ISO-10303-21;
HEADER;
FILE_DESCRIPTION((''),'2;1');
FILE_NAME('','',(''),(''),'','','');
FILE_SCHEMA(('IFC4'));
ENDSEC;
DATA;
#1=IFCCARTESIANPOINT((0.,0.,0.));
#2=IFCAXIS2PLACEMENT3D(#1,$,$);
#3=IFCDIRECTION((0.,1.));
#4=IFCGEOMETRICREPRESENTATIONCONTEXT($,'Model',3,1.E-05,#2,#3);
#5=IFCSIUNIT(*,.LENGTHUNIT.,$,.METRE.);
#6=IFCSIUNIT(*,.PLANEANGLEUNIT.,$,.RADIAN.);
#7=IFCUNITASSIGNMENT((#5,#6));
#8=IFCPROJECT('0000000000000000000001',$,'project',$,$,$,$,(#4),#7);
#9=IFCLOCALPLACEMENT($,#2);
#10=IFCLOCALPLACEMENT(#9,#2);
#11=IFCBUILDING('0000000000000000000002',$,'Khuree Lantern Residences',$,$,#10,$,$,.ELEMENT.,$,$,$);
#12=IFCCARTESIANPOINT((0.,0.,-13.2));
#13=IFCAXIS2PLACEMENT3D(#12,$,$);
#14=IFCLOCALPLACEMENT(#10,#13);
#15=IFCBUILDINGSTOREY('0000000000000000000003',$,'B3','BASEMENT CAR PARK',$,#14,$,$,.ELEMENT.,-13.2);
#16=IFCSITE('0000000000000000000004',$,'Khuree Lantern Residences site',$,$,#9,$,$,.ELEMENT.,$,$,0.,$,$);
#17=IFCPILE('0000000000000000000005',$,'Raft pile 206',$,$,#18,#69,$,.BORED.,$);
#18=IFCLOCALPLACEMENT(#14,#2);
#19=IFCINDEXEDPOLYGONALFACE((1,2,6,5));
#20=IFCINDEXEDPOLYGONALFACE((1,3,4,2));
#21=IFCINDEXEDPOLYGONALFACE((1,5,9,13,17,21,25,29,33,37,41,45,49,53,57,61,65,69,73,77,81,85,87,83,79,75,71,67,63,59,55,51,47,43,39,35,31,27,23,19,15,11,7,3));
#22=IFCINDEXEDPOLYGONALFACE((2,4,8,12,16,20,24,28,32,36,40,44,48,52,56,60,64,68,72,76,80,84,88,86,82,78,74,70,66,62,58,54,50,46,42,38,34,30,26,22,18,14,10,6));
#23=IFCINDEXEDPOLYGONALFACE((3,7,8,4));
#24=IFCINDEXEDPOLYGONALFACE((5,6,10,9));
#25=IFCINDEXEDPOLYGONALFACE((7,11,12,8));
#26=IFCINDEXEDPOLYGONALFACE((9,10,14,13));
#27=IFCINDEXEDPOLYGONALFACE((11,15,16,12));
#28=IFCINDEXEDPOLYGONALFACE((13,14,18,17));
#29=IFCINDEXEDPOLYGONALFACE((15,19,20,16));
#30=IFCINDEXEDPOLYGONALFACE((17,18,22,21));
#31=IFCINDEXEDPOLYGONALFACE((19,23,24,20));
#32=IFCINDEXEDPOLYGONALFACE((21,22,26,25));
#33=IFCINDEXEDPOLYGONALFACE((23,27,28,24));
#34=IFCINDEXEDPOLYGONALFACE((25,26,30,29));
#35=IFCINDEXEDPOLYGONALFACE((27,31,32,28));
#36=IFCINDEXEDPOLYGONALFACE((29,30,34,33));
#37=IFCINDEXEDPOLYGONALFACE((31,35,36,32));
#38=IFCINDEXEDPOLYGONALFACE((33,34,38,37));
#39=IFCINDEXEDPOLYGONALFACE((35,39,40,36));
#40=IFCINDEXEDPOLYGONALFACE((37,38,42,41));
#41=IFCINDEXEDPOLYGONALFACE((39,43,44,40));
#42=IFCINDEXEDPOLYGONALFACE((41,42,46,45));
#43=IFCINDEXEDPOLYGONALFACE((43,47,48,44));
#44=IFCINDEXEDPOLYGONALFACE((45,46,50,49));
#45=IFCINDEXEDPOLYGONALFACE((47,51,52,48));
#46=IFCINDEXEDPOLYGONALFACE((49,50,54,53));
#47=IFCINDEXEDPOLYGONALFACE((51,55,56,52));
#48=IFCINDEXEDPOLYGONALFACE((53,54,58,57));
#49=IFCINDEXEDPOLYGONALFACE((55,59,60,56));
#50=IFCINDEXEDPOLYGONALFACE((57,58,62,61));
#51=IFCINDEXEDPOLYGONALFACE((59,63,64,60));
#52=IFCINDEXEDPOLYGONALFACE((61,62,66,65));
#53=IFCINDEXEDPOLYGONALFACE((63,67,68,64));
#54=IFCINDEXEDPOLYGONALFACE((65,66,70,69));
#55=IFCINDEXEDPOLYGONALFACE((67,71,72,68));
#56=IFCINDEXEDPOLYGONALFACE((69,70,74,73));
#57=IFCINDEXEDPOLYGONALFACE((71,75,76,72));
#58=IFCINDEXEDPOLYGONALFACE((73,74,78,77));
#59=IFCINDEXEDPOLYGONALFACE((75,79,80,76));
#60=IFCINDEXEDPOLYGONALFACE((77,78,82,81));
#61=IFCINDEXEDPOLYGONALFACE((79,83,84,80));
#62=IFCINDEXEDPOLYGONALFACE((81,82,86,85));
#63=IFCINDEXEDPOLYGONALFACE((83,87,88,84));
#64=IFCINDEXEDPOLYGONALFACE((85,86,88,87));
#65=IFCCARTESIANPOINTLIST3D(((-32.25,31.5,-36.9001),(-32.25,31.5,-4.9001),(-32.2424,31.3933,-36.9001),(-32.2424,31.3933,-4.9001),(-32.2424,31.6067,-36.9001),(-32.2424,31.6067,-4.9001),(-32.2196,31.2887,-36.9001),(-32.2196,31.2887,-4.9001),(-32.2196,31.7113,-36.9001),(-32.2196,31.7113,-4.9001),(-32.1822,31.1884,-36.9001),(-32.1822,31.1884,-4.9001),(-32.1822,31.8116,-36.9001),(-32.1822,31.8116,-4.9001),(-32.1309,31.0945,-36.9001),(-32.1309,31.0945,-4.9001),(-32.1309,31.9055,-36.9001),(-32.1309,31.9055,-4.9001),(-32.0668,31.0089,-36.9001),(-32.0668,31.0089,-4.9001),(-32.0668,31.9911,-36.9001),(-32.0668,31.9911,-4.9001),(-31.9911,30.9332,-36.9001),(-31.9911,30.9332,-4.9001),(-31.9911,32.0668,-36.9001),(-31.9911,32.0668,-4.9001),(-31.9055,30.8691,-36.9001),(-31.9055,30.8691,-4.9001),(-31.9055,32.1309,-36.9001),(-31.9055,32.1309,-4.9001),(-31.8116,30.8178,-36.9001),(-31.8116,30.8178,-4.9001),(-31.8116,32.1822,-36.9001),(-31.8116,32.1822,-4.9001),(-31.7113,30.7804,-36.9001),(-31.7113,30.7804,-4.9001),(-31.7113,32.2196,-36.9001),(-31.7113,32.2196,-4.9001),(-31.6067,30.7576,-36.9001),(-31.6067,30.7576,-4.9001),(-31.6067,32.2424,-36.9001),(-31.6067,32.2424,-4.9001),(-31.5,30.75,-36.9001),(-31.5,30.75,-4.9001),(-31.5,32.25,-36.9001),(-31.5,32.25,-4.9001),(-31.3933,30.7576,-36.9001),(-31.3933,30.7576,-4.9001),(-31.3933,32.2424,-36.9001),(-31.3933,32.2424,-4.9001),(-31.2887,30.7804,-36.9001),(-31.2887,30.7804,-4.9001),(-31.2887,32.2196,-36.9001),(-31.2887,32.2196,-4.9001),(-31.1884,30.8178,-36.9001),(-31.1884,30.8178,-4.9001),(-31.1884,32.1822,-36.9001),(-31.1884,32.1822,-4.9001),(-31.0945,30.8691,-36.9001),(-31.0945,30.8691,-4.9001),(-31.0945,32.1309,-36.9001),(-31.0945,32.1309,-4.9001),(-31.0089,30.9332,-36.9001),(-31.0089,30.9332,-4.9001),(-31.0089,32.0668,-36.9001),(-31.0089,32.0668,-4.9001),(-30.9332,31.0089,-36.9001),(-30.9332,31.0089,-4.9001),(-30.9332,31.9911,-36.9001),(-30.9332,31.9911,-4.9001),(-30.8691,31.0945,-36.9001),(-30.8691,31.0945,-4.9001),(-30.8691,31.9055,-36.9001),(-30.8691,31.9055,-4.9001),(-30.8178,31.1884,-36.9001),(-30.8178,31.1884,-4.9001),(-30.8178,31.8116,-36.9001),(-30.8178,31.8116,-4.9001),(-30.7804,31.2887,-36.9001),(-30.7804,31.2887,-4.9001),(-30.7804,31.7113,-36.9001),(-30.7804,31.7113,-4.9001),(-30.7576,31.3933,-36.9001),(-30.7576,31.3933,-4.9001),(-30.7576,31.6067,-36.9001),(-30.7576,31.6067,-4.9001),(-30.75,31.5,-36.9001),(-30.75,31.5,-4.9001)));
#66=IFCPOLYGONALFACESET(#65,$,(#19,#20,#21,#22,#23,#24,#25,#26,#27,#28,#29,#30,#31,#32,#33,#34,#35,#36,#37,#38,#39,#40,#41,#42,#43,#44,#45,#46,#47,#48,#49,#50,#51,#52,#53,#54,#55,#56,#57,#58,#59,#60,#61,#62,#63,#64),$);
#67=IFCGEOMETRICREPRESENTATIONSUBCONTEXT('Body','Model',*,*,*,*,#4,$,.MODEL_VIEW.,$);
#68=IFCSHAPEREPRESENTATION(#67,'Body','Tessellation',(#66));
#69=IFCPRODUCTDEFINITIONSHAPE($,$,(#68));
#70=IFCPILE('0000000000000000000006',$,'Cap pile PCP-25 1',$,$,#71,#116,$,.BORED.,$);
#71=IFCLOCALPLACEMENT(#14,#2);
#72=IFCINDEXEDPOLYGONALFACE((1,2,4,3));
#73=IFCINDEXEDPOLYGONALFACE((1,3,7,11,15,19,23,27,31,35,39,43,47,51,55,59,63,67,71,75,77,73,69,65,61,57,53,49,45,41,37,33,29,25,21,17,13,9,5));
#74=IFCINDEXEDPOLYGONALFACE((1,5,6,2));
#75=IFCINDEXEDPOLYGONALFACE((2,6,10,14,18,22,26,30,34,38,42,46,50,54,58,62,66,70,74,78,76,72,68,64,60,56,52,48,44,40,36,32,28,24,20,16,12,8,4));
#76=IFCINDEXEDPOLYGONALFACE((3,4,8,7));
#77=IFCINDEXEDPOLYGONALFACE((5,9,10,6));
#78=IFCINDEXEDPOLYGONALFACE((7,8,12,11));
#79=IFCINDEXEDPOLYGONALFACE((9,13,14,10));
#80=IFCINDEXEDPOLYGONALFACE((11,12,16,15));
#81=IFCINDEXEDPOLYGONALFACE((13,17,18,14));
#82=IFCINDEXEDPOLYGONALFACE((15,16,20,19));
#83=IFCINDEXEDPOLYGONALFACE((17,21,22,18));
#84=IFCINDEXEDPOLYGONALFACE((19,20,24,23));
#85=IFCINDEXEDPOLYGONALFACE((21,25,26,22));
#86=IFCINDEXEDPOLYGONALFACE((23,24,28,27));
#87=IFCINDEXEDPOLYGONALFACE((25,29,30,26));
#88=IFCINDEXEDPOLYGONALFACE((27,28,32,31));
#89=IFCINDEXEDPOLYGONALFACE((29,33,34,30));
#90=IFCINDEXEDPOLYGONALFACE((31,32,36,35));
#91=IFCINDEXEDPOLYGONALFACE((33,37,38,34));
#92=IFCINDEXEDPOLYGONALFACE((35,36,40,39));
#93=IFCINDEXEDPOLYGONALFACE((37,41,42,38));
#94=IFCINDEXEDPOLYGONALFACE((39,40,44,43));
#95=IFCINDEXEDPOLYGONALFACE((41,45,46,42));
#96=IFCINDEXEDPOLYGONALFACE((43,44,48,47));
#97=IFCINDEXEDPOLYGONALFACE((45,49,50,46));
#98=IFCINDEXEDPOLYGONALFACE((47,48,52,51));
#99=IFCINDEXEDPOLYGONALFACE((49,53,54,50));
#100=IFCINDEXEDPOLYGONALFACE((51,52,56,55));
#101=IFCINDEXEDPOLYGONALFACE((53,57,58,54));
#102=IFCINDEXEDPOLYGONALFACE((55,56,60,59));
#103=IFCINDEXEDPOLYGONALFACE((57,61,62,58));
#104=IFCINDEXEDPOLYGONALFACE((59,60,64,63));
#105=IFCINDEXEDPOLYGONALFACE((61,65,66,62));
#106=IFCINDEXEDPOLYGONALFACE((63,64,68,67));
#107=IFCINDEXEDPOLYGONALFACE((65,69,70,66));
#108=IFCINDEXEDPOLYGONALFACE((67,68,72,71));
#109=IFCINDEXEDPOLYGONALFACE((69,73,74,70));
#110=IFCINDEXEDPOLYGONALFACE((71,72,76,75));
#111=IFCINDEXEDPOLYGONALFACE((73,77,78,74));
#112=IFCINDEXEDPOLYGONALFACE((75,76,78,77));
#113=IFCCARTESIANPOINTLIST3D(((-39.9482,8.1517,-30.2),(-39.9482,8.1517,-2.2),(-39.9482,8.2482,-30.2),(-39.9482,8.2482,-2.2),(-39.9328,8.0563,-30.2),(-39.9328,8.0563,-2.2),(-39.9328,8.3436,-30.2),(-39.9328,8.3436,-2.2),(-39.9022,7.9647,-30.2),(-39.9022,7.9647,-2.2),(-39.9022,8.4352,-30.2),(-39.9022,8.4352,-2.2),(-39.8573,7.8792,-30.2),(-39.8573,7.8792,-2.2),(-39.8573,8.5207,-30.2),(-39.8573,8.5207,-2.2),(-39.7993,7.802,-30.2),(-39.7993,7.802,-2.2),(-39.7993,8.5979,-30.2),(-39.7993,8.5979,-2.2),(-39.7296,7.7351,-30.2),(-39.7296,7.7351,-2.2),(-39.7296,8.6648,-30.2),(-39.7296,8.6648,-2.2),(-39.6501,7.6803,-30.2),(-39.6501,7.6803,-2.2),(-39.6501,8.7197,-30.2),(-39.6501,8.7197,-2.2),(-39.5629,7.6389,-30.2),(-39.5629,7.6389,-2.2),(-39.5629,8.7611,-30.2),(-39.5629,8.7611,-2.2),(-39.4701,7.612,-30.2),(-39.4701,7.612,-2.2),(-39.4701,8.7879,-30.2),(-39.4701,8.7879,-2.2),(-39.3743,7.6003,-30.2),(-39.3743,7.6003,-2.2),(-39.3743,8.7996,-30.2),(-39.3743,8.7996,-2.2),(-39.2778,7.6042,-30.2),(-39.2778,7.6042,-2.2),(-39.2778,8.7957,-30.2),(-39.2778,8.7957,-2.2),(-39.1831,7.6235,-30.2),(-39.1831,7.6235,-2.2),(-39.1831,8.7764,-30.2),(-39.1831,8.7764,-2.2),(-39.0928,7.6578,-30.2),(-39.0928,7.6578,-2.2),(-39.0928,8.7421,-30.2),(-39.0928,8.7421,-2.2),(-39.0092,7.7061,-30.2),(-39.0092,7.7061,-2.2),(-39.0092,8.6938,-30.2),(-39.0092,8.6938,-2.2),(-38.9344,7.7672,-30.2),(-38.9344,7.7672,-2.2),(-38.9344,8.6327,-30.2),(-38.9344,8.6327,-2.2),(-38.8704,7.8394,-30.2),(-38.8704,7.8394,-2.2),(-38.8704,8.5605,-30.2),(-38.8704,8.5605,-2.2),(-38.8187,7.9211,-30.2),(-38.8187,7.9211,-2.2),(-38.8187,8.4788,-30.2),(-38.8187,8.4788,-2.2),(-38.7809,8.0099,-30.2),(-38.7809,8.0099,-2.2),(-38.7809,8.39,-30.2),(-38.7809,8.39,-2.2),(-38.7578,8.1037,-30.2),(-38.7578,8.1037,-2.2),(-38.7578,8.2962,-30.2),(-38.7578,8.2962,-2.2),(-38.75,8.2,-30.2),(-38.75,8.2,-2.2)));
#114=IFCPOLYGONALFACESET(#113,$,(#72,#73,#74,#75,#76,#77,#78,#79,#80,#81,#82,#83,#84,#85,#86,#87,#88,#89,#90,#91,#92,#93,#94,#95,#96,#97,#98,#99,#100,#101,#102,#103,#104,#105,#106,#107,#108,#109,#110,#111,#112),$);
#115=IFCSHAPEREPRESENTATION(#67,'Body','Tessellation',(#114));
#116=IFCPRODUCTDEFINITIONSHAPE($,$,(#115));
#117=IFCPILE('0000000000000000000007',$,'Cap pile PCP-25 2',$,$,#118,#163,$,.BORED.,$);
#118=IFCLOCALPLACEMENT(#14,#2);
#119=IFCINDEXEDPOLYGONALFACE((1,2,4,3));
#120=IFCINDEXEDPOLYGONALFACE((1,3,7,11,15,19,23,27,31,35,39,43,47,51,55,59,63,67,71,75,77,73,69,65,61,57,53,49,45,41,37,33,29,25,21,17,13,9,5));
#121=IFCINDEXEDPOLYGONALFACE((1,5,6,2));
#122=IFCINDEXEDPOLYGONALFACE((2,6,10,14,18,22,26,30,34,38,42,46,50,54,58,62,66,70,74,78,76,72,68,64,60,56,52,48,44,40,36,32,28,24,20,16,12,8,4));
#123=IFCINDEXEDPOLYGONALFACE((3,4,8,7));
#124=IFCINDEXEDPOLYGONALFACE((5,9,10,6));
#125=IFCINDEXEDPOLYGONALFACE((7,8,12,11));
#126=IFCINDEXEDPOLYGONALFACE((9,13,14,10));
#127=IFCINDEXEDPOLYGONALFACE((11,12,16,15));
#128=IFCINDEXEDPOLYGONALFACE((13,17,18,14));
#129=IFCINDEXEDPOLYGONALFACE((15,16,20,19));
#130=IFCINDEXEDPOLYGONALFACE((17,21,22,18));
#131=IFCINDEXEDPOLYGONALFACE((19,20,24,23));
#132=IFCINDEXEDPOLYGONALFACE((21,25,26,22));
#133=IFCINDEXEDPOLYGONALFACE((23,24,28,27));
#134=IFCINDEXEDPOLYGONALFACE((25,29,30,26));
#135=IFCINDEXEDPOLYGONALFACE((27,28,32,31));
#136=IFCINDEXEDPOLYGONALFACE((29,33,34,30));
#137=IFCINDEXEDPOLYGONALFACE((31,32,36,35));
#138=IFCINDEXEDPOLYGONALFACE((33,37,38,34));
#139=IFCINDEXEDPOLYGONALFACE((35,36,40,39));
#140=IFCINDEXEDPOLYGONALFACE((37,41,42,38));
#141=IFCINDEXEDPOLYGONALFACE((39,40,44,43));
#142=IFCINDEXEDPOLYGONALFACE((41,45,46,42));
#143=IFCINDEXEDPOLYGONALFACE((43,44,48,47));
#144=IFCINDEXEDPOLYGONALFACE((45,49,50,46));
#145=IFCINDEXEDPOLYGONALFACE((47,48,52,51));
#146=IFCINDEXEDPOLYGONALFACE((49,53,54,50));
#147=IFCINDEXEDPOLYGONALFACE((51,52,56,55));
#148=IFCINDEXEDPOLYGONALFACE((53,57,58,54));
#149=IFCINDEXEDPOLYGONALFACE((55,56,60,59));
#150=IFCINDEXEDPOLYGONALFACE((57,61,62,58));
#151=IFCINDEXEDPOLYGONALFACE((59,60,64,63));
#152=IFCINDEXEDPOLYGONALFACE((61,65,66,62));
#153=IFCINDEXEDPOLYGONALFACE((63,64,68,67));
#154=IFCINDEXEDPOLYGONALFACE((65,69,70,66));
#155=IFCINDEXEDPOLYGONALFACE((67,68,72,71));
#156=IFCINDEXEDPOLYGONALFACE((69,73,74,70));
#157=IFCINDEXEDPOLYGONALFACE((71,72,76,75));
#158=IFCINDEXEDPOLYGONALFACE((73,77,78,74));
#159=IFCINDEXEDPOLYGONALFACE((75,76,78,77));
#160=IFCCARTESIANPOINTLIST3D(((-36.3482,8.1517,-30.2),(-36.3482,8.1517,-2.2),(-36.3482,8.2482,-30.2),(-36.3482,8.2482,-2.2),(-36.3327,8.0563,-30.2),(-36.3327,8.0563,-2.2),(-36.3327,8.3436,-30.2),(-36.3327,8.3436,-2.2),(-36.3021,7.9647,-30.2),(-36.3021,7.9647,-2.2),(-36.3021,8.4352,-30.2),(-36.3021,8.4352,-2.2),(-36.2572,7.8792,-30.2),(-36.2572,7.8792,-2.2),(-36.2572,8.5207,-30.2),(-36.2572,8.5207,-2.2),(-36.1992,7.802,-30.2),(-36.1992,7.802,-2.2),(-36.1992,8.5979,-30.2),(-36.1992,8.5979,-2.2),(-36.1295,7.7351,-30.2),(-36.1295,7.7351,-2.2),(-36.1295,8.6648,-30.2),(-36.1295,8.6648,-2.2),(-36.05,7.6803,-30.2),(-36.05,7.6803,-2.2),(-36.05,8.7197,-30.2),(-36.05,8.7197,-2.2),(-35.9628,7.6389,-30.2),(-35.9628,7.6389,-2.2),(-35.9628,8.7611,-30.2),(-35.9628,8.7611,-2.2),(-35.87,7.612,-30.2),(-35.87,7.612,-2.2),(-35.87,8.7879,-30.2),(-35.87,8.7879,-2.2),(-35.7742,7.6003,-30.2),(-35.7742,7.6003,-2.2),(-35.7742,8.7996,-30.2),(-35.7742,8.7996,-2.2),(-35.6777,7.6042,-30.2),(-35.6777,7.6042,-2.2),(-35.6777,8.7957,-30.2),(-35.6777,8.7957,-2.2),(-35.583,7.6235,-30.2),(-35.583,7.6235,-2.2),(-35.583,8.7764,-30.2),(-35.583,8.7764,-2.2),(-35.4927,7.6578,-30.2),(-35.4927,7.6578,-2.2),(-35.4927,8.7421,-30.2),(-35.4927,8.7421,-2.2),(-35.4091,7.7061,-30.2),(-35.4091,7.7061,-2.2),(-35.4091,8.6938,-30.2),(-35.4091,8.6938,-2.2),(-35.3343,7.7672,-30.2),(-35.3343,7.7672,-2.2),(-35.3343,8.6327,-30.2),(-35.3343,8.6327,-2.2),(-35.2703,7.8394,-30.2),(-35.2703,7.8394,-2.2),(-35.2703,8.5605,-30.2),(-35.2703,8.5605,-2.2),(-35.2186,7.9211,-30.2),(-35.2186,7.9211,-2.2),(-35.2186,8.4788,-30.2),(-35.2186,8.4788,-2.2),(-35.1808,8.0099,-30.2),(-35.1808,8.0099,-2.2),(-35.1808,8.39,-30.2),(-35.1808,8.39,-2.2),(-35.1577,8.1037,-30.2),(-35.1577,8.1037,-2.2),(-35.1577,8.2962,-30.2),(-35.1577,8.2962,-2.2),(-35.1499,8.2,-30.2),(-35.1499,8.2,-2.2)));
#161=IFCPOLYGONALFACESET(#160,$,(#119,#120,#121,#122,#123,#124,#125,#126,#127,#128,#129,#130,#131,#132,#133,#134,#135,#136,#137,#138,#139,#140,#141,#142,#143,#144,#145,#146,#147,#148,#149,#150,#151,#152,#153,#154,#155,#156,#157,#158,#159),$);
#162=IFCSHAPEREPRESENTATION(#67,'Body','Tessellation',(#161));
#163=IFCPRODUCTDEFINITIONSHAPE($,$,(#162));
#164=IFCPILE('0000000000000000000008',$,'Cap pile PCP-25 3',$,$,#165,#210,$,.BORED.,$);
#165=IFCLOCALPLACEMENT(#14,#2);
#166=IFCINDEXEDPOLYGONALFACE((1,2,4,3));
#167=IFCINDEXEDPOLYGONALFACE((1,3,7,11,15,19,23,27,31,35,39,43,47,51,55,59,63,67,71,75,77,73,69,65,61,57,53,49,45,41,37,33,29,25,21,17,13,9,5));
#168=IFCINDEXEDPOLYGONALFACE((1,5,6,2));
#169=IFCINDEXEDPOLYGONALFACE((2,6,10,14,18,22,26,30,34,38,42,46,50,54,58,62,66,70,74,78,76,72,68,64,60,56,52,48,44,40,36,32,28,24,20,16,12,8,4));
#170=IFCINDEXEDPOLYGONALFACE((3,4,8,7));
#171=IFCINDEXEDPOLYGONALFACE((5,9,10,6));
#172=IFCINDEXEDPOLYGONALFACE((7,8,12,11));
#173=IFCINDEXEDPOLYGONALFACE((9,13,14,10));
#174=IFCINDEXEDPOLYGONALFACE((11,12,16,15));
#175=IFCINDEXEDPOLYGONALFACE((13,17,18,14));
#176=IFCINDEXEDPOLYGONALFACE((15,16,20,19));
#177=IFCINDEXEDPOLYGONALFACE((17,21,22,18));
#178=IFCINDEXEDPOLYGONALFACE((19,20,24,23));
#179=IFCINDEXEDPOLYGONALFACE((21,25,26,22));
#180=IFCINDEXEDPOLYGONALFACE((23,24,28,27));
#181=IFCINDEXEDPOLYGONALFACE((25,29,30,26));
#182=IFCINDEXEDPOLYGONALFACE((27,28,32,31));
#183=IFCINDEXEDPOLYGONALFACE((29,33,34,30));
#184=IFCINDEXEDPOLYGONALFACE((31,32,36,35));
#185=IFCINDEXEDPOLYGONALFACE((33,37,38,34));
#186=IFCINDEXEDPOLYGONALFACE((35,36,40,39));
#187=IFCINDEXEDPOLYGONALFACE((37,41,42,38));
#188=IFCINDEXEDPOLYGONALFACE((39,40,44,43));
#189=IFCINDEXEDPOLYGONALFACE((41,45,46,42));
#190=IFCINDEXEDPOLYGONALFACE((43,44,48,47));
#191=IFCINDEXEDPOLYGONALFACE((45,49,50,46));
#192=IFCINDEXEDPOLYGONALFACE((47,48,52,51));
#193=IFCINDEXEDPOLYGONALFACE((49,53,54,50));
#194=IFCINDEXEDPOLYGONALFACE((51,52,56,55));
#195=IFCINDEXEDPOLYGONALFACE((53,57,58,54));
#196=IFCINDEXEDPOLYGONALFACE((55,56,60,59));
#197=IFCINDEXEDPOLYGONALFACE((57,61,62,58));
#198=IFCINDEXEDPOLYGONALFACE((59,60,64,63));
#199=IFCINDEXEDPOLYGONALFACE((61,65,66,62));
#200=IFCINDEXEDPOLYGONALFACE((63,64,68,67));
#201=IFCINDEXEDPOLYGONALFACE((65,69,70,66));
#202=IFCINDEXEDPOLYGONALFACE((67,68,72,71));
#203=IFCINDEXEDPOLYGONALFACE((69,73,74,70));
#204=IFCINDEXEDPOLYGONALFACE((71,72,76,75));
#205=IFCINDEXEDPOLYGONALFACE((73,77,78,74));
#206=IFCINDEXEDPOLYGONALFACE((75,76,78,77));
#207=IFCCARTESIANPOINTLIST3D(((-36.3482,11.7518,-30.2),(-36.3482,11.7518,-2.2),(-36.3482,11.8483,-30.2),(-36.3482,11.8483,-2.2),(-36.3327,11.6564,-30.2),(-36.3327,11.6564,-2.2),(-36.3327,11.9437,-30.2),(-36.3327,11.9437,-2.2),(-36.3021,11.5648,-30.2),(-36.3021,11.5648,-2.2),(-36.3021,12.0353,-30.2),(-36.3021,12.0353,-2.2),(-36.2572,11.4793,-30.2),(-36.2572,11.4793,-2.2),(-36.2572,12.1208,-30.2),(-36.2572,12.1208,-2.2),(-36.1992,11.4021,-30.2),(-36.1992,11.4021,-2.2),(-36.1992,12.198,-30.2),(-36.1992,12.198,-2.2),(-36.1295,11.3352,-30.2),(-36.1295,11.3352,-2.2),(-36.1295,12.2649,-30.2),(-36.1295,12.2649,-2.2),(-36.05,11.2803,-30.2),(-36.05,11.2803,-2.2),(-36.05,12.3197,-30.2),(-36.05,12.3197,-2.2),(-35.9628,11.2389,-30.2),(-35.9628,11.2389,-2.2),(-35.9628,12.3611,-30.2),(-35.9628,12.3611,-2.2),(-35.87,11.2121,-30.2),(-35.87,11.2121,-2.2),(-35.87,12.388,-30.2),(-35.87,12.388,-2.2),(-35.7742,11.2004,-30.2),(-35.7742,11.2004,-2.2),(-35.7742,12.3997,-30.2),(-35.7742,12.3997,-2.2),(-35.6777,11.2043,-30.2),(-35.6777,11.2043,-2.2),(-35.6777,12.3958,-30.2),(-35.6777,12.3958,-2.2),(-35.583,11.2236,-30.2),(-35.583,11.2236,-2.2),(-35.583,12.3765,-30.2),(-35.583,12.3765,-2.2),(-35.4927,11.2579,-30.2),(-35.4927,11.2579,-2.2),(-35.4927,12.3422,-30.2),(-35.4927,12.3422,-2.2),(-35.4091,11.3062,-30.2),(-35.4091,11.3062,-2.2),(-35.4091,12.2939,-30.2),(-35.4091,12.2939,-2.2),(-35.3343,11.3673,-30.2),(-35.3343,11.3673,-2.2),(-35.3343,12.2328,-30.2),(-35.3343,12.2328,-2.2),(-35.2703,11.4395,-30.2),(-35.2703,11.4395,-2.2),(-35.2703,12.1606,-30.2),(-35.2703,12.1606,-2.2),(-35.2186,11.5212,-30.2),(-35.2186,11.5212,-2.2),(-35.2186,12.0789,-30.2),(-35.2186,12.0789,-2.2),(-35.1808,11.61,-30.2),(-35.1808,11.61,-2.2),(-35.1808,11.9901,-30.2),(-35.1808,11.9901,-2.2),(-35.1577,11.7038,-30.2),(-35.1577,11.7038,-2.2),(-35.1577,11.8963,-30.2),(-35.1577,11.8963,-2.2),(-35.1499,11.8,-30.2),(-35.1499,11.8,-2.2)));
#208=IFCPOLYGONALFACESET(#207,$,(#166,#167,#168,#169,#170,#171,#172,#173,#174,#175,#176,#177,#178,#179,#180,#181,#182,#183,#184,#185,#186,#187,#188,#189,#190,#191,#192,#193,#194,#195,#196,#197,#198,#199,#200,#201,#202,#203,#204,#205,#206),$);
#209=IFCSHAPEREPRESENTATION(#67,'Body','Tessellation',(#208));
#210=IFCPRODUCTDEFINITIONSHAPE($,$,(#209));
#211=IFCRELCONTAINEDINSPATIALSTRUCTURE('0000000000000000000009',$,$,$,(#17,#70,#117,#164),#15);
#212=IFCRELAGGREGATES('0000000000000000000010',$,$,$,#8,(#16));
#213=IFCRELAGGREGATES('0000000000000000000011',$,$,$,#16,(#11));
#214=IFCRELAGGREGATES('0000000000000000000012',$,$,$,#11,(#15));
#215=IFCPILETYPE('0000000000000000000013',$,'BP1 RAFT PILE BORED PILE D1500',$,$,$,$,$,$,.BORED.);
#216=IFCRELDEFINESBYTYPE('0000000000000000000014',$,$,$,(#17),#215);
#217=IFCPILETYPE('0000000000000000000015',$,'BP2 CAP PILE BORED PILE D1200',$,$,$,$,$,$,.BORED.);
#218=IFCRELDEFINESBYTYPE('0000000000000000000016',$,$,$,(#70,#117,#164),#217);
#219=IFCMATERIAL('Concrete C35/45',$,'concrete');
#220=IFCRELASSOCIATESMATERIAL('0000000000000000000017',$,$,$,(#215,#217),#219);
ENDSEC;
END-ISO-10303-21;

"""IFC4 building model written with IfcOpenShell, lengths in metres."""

from ifc_helpers import new_model, si_unit, direction, frame, origin, origin_2d, place, context, subcontext, project, spatial, circle, extrude, material, material_profile, profile_set, type_object, element, save


model = new_model("IFC4")

# Units and contexts
model_context = context("Model", 3, precision=1e-05, world=origin(), true_north=direction((0.0, 1.0)))
body_context = subcontext(model_context, "Body", "Model", "MODEL_VIEW")
ifc_project = project(units=[si_unit("LENGTHUNIT", "METRE"), si_unit("PLANEANGLEUNIT", "RADIAN")], contexts=[model_context])

# Site, building, storey
site_placement = place(None, origin())
site = spatial("IfcSite", under=ifc_project, at=site_placement, Name="Khuree Lantern Residences site", CompositionType="ELEMENT", RefElevation=0.0)
building_placement = place(site_placement, origin())
building = spatial("IfcBuilding", under=site, at=building_placement, Name="Khuree Lantern Residences", CompositionType="ELEMENT")
storey_placement = place(building_placement, frame((0.0, 0.0, -13.2)))
storey = spatial("IfcBuildingStorey", under=building, at=storey_placement, Name="B3", Description="BASEMENT CAR PARK", CompositionType="ELEMENT", Elevation=-13.2)

# Piles
ifc_material_1 = material(Name="Concrete C35/45", Category="concrete")
ifc_material_profile_1 = material_profile(ifc_material_1, circle(Radius=0.75, at=origin_2d()), Name="BORED PILE D1500")
ifc_profile_set_1 = profile_set([ifc_material_profile_1], Name="Concrete C35/45")
pile_type_1 = type_object("IfcPileType", Name="BP1 RAFT PILE BORED PILE D1500", PredefinedType="BORED", material=ifc_profile_set_1)
for number, where, z_axis, x_axis, name in (
    (1, (-31.5, 31.5, -4.9001), (0.0, 0.0, -1.0), (1.0, 0.0, 0.0), "Raft pile 206"),
):
    element("IfcPile", number, at=place(storey_placement, frame(where, z_axis=z_axis, x_axis=x_axis)), inside=storey, type_object=pile_type_1, Name=name, PredefinedType="BORED", context=body_context, shape_type="SweptSolid", body=[
        extrude(circle(Radius=0.75, at=origin_2d()), origin(), (0.0, 0.0, 1.0), 32.0),
    ])
ifc_material_profile_2 = material_profile(ifc_material_1, circle(Radius=0.6001, at=origin_2d()), Name="BORED PILE D1200")
ifc_profile_set_2 = profile_set([ifc_material_profile_2], Name="Concrete C35/45")
pile_type_2 = type_object("IfcPileType", Name="BP2 CAP PILE BORED PILE D1200", PredefinedType="BORED", material=ifc_profile_set_2)
for number, where, z_axis, x_axis, name in (
    (2, (-39.3501, 8.2, -2.2), (0.0, 0.0, -1.0), (1.0, 0.0, 0.0), "Cap pile PCP-25 1"),
    (3, (-35.75, 8.2, -2.2), (0.0, 0.0, -1.0), (1.0, 0.0, 0.0), "Cap pile PCP-25 2"),
    (4, (-35.75, 11.8, -2.2), (0.0, 0.0, -1.0), (1.0, 0.0, 0.0), "Cap pile PCP-25 3"),
):
    element("IfcPile", number, at=place(storey_placement, frame(where, z_axis=z_axis, x_axis=x_axis)), inside=storey, type_object=pile_type_2, Name=name, PredefinedType="BORED", context=body_context, shape_type="SweptSolid", body=[
        extrude(circle(Radius=0.6001, at=origin_2d()), origin(), (0.0, 0.0, 1.0), 28.0),
    ])

save(model, "model.ifc")
